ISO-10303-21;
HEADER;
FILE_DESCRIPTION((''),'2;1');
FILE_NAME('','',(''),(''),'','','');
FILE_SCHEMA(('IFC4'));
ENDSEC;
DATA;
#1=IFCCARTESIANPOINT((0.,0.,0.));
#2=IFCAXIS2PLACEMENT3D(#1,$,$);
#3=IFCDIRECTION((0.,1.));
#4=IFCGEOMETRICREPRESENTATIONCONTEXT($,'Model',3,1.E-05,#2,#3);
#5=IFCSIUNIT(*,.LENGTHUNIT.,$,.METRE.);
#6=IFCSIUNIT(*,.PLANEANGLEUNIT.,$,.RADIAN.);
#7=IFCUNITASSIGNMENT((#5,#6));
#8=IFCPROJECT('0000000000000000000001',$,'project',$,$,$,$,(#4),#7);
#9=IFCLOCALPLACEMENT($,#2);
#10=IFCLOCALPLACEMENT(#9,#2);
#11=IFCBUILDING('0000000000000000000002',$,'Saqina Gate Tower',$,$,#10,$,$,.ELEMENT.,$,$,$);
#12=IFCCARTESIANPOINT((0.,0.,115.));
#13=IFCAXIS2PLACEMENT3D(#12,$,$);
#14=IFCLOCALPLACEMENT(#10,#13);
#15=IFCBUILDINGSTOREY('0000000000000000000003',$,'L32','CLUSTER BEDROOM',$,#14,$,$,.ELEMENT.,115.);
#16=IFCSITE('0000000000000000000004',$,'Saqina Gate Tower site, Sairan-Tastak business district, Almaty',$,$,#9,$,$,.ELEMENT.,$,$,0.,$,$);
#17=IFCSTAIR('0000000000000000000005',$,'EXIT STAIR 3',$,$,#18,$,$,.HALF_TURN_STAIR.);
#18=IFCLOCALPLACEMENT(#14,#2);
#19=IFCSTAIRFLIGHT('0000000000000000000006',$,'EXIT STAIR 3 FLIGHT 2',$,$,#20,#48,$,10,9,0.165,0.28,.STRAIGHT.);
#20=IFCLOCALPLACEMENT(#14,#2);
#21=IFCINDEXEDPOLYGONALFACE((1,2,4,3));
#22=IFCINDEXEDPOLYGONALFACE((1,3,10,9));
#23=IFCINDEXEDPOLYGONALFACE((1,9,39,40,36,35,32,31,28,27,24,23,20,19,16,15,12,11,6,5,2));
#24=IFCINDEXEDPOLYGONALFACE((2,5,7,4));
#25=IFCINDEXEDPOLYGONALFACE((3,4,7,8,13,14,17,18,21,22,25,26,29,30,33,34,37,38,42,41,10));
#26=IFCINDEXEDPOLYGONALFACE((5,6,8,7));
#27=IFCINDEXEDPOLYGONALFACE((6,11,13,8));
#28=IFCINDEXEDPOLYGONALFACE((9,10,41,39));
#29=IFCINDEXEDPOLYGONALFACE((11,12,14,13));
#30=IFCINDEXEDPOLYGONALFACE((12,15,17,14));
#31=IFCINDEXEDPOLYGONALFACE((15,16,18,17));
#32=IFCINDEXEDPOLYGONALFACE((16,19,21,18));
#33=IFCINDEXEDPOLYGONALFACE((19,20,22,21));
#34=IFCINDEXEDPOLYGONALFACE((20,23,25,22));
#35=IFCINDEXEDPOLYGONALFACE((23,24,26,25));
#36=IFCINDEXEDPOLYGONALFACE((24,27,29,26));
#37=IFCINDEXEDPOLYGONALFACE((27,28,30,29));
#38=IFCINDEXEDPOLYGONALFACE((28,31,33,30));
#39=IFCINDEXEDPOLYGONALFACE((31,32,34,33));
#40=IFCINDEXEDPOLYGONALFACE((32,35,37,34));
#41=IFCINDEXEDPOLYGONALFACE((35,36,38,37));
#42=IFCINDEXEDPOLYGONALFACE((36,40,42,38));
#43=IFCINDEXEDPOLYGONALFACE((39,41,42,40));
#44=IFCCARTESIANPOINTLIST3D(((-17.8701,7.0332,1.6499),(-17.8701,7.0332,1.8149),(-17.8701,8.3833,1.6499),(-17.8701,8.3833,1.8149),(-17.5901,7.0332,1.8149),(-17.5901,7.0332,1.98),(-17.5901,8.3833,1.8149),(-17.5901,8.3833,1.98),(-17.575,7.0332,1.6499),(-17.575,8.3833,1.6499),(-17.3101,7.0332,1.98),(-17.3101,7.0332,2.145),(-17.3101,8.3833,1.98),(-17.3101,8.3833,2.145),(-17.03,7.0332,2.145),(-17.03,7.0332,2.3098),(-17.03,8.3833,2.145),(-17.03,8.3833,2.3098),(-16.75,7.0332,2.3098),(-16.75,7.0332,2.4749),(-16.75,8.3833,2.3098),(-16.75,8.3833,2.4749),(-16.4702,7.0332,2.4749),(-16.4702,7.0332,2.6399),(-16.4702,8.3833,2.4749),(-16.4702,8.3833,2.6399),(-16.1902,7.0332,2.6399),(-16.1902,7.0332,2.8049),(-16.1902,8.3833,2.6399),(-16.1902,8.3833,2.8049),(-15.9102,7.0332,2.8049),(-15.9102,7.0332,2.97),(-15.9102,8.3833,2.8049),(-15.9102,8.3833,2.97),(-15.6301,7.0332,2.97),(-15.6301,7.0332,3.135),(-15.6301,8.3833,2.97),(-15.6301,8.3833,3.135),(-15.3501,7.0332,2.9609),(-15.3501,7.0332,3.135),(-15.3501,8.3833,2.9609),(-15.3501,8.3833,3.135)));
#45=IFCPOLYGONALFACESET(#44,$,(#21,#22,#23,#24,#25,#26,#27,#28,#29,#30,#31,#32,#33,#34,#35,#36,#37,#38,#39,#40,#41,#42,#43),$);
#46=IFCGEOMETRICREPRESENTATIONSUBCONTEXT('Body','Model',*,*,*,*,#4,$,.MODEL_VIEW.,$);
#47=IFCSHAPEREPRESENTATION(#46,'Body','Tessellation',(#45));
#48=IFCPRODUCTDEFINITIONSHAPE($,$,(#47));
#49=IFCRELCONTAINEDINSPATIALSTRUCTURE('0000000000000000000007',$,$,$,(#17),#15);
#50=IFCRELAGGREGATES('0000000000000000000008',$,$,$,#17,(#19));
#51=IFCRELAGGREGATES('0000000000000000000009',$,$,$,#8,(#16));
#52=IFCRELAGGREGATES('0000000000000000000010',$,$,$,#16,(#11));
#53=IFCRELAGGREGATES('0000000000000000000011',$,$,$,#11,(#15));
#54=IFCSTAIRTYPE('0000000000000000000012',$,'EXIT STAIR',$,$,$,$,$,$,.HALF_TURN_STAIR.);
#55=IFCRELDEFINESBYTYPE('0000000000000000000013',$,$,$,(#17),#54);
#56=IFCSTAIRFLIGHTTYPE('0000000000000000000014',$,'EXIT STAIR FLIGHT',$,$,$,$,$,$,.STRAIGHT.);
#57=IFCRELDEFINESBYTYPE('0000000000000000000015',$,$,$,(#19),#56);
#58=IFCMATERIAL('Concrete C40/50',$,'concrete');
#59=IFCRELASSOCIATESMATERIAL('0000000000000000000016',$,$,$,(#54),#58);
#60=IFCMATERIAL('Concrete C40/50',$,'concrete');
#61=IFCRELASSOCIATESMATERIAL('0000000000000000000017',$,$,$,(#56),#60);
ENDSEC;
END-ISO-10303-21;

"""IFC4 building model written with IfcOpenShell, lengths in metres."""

from ifc_helpers import new_model, si_unit, direction, frame, origin, place, context, subcontext, project, spatial, polyline, outline, extrude, material, type_object, element, aggregate, save


model = new_model("IFC4")

# Units and contexts
model_context = context("Model", 3, precision=1e-05, world=origin(), true_north=direction((0.0, 1.0)))
body_context = subcontext(model_context, "Body", "Model", "MODEL_VIEW")
ifc_project = project(units=[si_unit("LENGTHUNIT", "METRE"), si_unit("PLANEANGLEUNIT", "RADIAN")], contexts=[model_context])

# Site, building, storey
site_placement = place(None, origin())
site = spatial("IfcSite", under=ifc_project, at=site_placement, Name="Saqina Gate Tower site, Sairan-Tastak business district, Almaty", CompositionType="ELEMENT", RefElevation=0.0)
building_placement = place(site_placement, origin())
building = spatial("IfcBuilding", under=site, at=building_placement, Name="Saqina Gate Tower", CompositionType="ELEMENT")
storey_placement = place(building_placement, frame((0.0, 0.0, 115.0)))
storey = spatial("IfcBuildingStorey", under=building, at=storey_placement, Name="L32", Description="CLUSTER BEDROOM", CompositionType="ELEMENT", Elevation=115.0)

# Stair, stair flight
ifc_material_1 = material(Name="Concrete C40/50", Category="concrete")
stair_type = type_object("IfcStairType", Name="EXIT STAIR", PredefinedType="HALF_TURN_STAIR", material=ifc_material_1)
stair_placement = place(storey_placement, origin())
stair = element("IfcStair", 1, at=stair_placement, inside=storey, type_object=stair_type, Name="EXIT STAIR 3", PredefinedType="HALF_TURN_STAIR")
ifc_material_2 = material(Name="Concrete C40/50", Category="concrete")
stair_flight_type = type_object("IfcStairFlightType", Name="EXIT STAIR FLIGHT", PredefinedType="STRAIGHT", material=ifc_material_2)
stair_flight_1_placement = place(storey_placement, frame((-17.8701, 7.7083, 1.6499), z_axis=(0.0, 0.0, 1.0), x_axis=(1.0, 0.0, 0.0)))
stair_flight_1 = element("IfcStairFlight", 2, at=stair_flight_1_placement, type_object=stair_flight_type, Name="EXIT STAIR 3 FLIGHT 2", NumberOfRisers=10, NumberOfTreads=9, PredefinedType="STRAIGHT", RiserHeight=0.165, TreadLength=0.28, context=body_context, shape_type="SweptSolid", body=[
    extrude(outline(polyline([(0.0, 0.0), (0.0, 0.165), (0.28, 0.165), (0.28, 0.3301), (0.5601, 0.3301), (0.5601, 0.4951), (0.8401, 0.4951), (0.8401, 0.6599), (1.1201, 0.6599), (1.1201, 0.825), (1.3999, 0.825), (1.3999, 0.99), (1.6799, 0.99), (1.6799, 1.155), (1.96, 1.155), (1.96, 1.3201), (2.24, 1.3201), (2.24, 1.4851), (2.52, 1.4851), (2.52, 1.6499), (2.52, 1.311), (0.2952, 0.0), (0.0, 0.0)])), frame((0.0, 0.675, 0.0), z_axis=(0.0, -1.0, 0.0), x_axis=(1.0, 0.0, 0.0)), (0.0, 0.0, 1.0), 1.3501),
])
aggregate(stair, [stair_flight_1])

save(model, "model.ifc")
